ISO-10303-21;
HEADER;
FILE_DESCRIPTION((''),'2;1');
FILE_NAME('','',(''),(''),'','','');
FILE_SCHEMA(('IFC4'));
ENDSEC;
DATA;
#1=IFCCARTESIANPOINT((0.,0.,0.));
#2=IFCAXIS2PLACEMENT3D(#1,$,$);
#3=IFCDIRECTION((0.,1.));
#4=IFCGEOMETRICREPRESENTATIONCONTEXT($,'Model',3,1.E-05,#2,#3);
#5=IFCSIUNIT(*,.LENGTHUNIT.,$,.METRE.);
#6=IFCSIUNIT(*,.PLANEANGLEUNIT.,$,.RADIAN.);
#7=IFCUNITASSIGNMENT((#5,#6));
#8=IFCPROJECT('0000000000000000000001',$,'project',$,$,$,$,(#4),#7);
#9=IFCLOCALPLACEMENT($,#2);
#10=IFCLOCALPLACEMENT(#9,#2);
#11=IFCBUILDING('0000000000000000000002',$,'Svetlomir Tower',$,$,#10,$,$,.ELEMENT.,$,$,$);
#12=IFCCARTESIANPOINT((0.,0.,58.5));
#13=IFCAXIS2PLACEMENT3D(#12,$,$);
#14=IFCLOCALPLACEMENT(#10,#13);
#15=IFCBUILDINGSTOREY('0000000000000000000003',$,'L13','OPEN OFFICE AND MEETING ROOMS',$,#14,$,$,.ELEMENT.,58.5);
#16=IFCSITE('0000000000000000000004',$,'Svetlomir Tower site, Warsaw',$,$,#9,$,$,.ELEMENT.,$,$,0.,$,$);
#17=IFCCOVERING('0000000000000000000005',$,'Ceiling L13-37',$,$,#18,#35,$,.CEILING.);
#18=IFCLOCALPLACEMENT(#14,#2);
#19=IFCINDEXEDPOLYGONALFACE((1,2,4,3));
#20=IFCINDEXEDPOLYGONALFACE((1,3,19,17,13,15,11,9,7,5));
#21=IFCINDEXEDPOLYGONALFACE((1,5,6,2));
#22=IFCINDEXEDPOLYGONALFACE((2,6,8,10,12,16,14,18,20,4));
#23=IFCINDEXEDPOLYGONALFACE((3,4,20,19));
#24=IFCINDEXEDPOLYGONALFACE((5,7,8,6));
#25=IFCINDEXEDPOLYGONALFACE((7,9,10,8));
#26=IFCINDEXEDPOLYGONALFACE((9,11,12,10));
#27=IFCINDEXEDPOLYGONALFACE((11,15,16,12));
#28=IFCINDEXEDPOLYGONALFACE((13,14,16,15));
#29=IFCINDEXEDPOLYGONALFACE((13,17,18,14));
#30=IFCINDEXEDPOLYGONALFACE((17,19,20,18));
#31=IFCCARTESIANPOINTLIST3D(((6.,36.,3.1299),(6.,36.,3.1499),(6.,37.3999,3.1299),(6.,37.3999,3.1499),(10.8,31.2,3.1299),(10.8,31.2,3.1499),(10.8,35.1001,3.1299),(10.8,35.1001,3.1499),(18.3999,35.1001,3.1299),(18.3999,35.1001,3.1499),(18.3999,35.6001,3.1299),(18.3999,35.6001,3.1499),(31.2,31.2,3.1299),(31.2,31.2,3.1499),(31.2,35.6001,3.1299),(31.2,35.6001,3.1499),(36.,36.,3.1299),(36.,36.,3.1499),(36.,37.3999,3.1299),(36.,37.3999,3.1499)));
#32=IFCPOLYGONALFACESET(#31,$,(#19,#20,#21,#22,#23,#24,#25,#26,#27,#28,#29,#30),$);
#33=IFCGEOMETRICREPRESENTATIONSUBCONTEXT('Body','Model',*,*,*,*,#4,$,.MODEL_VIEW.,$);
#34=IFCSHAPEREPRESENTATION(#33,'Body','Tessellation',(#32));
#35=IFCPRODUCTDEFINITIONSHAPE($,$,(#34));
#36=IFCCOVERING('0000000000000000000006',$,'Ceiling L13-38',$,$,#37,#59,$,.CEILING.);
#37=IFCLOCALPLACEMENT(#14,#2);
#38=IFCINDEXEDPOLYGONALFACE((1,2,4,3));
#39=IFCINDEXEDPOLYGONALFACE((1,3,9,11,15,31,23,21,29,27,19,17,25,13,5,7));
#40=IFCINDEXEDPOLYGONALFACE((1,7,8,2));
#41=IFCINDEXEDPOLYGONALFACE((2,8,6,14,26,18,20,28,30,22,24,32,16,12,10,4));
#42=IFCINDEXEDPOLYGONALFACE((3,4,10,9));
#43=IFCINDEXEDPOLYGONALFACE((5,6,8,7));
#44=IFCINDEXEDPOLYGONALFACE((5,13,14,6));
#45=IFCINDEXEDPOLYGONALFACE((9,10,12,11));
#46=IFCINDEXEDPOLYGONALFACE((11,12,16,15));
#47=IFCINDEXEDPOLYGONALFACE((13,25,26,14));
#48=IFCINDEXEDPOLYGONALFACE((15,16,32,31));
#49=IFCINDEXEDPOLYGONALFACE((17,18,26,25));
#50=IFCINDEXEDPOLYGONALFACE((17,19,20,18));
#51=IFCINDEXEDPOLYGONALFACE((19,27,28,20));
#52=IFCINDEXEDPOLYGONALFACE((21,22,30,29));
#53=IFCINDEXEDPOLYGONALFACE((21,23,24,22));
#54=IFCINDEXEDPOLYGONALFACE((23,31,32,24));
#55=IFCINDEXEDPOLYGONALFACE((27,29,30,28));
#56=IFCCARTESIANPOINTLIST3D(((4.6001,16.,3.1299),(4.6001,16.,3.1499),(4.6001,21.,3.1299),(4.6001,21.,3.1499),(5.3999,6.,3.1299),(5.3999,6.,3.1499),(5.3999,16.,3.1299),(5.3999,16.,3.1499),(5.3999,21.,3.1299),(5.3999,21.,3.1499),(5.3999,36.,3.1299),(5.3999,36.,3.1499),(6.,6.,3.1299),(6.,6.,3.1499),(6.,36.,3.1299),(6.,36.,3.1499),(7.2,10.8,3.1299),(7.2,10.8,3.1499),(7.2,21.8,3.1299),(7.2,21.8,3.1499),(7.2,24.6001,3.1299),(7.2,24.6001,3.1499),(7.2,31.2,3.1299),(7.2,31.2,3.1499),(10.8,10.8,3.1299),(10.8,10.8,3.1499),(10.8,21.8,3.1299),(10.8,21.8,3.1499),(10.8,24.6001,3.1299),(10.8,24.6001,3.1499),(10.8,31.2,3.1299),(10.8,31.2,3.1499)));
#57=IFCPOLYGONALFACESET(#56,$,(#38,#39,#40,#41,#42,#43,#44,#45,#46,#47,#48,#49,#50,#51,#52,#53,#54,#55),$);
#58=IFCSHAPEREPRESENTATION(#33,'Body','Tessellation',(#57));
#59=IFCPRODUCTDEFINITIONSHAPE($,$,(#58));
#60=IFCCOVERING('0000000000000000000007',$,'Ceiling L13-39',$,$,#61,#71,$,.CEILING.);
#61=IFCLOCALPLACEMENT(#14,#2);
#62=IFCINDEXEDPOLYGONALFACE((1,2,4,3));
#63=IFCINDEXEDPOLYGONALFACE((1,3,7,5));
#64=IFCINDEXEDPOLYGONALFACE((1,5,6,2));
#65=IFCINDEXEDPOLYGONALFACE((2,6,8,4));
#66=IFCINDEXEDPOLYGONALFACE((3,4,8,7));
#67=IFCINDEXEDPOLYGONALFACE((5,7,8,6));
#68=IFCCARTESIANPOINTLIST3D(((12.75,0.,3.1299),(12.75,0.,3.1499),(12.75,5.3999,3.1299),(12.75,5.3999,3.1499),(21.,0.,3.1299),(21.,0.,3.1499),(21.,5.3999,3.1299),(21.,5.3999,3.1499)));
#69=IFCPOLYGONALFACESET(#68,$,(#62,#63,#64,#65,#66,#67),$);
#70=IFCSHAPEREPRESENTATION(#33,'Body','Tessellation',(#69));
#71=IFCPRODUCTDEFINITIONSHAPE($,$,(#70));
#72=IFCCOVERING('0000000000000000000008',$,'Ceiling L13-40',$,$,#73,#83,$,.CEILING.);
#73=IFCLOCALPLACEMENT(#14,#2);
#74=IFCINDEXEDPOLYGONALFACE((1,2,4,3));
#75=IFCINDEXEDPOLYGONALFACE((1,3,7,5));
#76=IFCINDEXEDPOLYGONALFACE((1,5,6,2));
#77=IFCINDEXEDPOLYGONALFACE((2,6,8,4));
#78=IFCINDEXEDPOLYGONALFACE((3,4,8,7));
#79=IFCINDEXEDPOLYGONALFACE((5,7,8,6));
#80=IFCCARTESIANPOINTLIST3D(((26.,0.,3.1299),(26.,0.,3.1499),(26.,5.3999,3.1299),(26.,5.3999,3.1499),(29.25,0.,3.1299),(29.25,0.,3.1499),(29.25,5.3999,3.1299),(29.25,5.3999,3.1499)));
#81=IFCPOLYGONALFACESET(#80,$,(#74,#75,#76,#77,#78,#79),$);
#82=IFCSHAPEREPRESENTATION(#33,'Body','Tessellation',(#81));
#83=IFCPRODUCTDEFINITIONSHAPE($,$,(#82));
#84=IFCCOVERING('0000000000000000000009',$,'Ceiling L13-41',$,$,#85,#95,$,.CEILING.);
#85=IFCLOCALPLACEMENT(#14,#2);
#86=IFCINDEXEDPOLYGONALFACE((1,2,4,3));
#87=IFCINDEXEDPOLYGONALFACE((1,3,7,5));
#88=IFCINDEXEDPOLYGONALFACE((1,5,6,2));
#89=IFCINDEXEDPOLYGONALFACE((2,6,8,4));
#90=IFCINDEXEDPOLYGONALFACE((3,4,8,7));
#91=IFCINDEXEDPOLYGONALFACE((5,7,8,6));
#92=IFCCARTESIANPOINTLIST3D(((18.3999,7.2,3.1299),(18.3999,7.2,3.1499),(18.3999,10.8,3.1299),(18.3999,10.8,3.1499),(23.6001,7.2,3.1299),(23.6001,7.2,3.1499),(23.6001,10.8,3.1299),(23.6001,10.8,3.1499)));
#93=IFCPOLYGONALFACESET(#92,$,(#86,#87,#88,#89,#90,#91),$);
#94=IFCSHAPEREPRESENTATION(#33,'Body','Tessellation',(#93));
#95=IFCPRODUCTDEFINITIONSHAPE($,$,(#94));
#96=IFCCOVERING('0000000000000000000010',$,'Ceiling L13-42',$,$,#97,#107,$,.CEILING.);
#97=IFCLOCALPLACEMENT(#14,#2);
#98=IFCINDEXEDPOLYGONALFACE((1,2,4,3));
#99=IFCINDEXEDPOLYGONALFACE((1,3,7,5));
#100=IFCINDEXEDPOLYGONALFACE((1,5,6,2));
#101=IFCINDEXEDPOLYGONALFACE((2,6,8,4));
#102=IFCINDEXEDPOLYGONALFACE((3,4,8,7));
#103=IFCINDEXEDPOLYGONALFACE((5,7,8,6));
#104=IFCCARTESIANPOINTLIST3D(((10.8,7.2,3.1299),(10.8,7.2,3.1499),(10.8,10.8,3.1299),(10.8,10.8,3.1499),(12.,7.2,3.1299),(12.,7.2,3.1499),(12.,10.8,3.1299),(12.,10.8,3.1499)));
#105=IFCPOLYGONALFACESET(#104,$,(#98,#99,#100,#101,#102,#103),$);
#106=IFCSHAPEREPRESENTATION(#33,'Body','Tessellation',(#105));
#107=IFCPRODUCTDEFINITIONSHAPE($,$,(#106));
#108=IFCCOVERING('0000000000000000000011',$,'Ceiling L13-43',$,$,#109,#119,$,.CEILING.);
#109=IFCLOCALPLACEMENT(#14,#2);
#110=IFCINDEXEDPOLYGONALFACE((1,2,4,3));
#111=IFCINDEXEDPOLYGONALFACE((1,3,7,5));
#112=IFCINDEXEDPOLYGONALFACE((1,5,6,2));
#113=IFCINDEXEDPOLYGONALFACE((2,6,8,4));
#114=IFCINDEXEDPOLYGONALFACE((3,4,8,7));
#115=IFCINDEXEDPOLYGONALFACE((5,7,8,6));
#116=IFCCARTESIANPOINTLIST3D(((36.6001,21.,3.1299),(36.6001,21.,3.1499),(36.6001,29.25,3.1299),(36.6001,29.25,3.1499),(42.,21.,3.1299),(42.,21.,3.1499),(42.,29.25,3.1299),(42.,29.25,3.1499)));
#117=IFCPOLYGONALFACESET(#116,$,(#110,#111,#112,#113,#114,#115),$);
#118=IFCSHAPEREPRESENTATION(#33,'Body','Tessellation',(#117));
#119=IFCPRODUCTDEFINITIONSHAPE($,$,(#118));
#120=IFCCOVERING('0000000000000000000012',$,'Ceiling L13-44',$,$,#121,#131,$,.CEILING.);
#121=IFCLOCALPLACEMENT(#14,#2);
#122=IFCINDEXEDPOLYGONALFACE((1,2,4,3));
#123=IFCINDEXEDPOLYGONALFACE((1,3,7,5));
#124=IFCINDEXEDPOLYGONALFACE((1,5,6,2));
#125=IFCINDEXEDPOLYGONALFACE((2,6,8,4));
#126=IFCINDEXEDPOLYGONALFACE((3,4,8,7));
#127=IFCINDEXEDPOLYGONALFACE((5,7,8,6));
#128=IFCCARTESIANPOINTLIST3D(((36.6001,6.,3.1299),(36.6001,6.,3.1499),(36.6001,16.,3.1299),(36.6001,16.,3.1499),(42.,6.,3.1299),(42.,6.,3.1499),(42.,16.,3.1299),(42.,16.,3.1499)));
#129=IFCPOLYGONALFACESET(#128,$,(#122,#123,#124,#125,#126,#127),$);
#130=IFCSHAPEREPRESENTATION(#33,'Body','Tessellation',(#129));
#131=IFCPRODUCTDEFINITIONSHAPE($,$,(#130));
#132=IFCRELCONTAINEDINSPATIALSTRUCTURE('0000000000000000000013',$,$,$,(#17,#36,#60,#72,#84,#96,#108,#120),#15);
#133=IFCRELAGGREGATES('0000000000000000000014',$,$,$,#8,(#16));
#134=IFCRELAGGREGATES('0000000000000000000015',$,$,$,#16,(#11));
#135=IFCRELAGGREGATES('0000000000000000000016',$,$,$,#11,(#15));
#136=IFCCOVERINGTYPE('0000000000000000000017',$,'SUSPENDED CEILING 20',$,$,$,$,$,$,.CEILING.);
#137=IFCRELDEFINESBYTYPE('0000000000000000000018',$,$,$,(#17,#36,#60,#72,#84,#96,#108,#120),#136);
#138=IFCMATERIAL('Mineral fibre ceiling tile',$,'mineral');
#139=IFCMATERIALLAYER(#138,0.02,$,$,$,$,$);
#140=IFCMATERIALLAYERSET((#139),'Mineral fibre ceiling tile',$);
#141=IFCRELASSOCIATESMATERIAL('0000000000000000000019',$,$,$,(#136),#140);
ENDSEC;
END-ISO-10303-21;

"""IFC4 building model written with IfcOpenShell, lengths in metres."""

from ifc_helpers import new_model, si_unit, direction, frame, origin, place, context, subcontext, project, spatial, polyline, outline, extrude, material, layer, layer_set, type_object, element, save


model = new_model("IFC4")

# Units and contexts
model_context = context("Model", 3, precision=1e-05, world=origin(), true_north=direction((0.0, 1.0)))
body_context = subcontext(model_context, "Body", "Model", "MODEL_VIEW")
ifc_project = project(units=[si_unit("LENGTHUNIT", "METRE"), si_unit("PLANEANGLEUNIT", "RADIAN")], contexts=[model_context])

# Site, building, storey
site_placement = place(None, origin())
site = spatial("IfcSite", under=ifc_project, at=site_placement, Name="Svetlomir Tower site, Warsaw", CompositionType="ELEMENT", RefElevation=0.0)
building_placement = place(site_placement, origin())
building = spatial("IfcBuilding", under=site, at=building_placement, Name="Svetlomir Tower", CompositionType="ELEMENT")
storey_placement = place(building_placement, frame((0.0, 0.0, 58.5)))
storey = spatial("IfcBuildingStorey", under=building, at=storey_placement, Name="L13", Description="OPEN OFFICE AND MEETING ROOMS", CompositionType="ELEMENT", Elevation=58.5)

# Coverings
ifc_material_1 = material(Name="Mineral fibre ceiling tile", Category="mineral")
ifc_layer_1 = layer(ifc_material_1, 0.02)
ifc_layer_set_1 = layer_set([ifc_layer_1], Name="Mineral fibre ceiling tile")
covering_type_1 = type_object("IfcCoveringType", Name="SUSPENDED CEILING 20", PredefinedType="CEILING", material=ifc_layer_set_1)
covering_1_placement = place(storey_placement, frame((0.0, 0.0, 3.1299)))
element("IfcCovering", 1, at=covering_1_placement, inside=storey, type_object=covering_type_1, Name="Ceiling L13-37", PredefinedType="CEILING", context=body_context, shape_type="SweptSolid", body=[
    extrude(outline(polyline([(6.0, 37.3999), (36.0, 37.3999), (36.0, 36.0), (31.2, 31.2), (31.2, 35.6001), (18.3999, 35.6001), (18.3999, 35.1001), (10.8, 35.1001), (10.8, 31.2), (6.0, 36.0), (6.0, 37.3999)])), origin(), (0.0, 0.0, 1.0), 0.02),
])
covering_2_placement = place(storey_placement, frame((0.0, 0.0, 3.1299)))
element("IfcCovering", 2, at=covering_2_placement, inside=storey, type_object=covering_type_1, Name="Ceiling L13-38", PredefinedType="CEILING", context=body_context, shape_type="SweptSolid", body=[
    extrude(outline(polyline([(5.3999, 6.0), (5.3999, 16.0), (4.6001, 16.0), (4.6001, 21.0), (5.3999, 21.0), (5.3999, 36.0), (6.0, 36.0), (10.8, 31.2), (7.2, 31.2), (7.2, 24.6001), (10.8, 24.6001), (10.8, 21.8), (7.2, 21.8), (7.2, 10.8), (10.8, 10.8), (6.0, 6.0), (5.3999, 6.0)])), origin(), (0.0, 0.0, 1.0), 0.02),
])
covering_3_placement = place(storey_placement, frame((0.0, 0.0, 3.1299)))
element("IfcCovering", 3, at=covering_3_placement, inside=storey, type_object=covering_type_1, Name="Ceiling L13-39", PredefinedType="CEILING", context=body_context, shape_type="SweptSolid", body=[
    extrude(outline(polyline([(12.75, 5.3999), (21.0, 5.3999), (21.0, 0.0), (12.75, 0.0), (12.75, 5.3999)])), origin(), (0.0, 0.0, 1.0), 0.02),
])
covering_4_placement = place(storey_placement, frame((0.0, 0.0, 3.1299)))
element("IfcCovering", 4, at=covering_4_placement, inside=storey, type_object=covering_type_1, Name="Ceiling L13-40", PredefinedType="CEILING", context=body_context, shape_type="SweptSolid", body=[
    extrude(outline(polyline([(26.0, 0.0), (26.0, 5.3999), (29.25, 5.3999), (29.25, 0.0), (26.0, 0.0)])), origin(), (0.0, 0.0, 1.0), 0.02),
])
covering_5_placement = place(storey_placement, frame((0.0, 0.0, 3.1299)))
element("IfcCovering", 5, at=covering_5_placement, inside=storey, type_object=covering_type_1, Name="Ceiling L13-41", PredefinedType="CEILING", context=body_context, shape_type="SweptSolid", body=[
    extrude(outline(polyline([(23.6001, 10.8), (23.6001, 7.2), (18.3999, 7.2), (18.3999, 10.8), (23.6001, 10.8)])), origin(), (0.0, 0.0, 1.0), 0.02),
])
covering_6_placement = place(storey_placement, frame((0.0, 0.0, 3.1299)))
element("IfcCovering", 6, at=covering_6_placement, inside=storey, type_object=covering_type_1, Name="Ceiling L13-42", PredefinedType="CEILING", context=body_context, shape_type="SweptSolid", body=[
    extrude(outline(polyline([(12.0, 7.2), (10.8, 7.2), (10.8, 10.8), (12.0, 10.8), (12.0, 7.2)])), origin(), (0.0, 0.0, 1.0), 0.02),
])
covering_7_placement = place(storey_placement, frame((0.0, 0.0, 3.1299)))
element("IfcCovering", 7, at=covering_7_placement, inside=storey, type_object=covering_type_1, Name="Ceiling L13-43", PredefinedType="CEILING", context=body_context, shape_type="SweptSolid", body=[
    extrude(outline(polyline([(42.0, 21.0), (36.6001, 21.0), (36.6001, 29.25), (42.0, 29.25), (42.0, 21.0)])), origin(), (0.0, 0.0, 1.0), 0.02),
])
covering_8_placement = place(storey_placement, frame((0.0, 0.0, 3.1299)))
element("IfcCovering", 8, at=covering_8_placement, inside=storey, type_object=covering_type_1, Name="Ceiling L13-44", PredefinedType="CEILING", context=body_context, shape_type="SweptSolid", body=[
    extrude(outline(polyline([(42.0, 6.0), (36.6001, 6.0), (36.6001, 16.0), (42.0, 16.0), (42.0, 6.0)])), origin(), (0.0, 0.0, 1.0), 0.02),
])

save(model, "model.ifc")
